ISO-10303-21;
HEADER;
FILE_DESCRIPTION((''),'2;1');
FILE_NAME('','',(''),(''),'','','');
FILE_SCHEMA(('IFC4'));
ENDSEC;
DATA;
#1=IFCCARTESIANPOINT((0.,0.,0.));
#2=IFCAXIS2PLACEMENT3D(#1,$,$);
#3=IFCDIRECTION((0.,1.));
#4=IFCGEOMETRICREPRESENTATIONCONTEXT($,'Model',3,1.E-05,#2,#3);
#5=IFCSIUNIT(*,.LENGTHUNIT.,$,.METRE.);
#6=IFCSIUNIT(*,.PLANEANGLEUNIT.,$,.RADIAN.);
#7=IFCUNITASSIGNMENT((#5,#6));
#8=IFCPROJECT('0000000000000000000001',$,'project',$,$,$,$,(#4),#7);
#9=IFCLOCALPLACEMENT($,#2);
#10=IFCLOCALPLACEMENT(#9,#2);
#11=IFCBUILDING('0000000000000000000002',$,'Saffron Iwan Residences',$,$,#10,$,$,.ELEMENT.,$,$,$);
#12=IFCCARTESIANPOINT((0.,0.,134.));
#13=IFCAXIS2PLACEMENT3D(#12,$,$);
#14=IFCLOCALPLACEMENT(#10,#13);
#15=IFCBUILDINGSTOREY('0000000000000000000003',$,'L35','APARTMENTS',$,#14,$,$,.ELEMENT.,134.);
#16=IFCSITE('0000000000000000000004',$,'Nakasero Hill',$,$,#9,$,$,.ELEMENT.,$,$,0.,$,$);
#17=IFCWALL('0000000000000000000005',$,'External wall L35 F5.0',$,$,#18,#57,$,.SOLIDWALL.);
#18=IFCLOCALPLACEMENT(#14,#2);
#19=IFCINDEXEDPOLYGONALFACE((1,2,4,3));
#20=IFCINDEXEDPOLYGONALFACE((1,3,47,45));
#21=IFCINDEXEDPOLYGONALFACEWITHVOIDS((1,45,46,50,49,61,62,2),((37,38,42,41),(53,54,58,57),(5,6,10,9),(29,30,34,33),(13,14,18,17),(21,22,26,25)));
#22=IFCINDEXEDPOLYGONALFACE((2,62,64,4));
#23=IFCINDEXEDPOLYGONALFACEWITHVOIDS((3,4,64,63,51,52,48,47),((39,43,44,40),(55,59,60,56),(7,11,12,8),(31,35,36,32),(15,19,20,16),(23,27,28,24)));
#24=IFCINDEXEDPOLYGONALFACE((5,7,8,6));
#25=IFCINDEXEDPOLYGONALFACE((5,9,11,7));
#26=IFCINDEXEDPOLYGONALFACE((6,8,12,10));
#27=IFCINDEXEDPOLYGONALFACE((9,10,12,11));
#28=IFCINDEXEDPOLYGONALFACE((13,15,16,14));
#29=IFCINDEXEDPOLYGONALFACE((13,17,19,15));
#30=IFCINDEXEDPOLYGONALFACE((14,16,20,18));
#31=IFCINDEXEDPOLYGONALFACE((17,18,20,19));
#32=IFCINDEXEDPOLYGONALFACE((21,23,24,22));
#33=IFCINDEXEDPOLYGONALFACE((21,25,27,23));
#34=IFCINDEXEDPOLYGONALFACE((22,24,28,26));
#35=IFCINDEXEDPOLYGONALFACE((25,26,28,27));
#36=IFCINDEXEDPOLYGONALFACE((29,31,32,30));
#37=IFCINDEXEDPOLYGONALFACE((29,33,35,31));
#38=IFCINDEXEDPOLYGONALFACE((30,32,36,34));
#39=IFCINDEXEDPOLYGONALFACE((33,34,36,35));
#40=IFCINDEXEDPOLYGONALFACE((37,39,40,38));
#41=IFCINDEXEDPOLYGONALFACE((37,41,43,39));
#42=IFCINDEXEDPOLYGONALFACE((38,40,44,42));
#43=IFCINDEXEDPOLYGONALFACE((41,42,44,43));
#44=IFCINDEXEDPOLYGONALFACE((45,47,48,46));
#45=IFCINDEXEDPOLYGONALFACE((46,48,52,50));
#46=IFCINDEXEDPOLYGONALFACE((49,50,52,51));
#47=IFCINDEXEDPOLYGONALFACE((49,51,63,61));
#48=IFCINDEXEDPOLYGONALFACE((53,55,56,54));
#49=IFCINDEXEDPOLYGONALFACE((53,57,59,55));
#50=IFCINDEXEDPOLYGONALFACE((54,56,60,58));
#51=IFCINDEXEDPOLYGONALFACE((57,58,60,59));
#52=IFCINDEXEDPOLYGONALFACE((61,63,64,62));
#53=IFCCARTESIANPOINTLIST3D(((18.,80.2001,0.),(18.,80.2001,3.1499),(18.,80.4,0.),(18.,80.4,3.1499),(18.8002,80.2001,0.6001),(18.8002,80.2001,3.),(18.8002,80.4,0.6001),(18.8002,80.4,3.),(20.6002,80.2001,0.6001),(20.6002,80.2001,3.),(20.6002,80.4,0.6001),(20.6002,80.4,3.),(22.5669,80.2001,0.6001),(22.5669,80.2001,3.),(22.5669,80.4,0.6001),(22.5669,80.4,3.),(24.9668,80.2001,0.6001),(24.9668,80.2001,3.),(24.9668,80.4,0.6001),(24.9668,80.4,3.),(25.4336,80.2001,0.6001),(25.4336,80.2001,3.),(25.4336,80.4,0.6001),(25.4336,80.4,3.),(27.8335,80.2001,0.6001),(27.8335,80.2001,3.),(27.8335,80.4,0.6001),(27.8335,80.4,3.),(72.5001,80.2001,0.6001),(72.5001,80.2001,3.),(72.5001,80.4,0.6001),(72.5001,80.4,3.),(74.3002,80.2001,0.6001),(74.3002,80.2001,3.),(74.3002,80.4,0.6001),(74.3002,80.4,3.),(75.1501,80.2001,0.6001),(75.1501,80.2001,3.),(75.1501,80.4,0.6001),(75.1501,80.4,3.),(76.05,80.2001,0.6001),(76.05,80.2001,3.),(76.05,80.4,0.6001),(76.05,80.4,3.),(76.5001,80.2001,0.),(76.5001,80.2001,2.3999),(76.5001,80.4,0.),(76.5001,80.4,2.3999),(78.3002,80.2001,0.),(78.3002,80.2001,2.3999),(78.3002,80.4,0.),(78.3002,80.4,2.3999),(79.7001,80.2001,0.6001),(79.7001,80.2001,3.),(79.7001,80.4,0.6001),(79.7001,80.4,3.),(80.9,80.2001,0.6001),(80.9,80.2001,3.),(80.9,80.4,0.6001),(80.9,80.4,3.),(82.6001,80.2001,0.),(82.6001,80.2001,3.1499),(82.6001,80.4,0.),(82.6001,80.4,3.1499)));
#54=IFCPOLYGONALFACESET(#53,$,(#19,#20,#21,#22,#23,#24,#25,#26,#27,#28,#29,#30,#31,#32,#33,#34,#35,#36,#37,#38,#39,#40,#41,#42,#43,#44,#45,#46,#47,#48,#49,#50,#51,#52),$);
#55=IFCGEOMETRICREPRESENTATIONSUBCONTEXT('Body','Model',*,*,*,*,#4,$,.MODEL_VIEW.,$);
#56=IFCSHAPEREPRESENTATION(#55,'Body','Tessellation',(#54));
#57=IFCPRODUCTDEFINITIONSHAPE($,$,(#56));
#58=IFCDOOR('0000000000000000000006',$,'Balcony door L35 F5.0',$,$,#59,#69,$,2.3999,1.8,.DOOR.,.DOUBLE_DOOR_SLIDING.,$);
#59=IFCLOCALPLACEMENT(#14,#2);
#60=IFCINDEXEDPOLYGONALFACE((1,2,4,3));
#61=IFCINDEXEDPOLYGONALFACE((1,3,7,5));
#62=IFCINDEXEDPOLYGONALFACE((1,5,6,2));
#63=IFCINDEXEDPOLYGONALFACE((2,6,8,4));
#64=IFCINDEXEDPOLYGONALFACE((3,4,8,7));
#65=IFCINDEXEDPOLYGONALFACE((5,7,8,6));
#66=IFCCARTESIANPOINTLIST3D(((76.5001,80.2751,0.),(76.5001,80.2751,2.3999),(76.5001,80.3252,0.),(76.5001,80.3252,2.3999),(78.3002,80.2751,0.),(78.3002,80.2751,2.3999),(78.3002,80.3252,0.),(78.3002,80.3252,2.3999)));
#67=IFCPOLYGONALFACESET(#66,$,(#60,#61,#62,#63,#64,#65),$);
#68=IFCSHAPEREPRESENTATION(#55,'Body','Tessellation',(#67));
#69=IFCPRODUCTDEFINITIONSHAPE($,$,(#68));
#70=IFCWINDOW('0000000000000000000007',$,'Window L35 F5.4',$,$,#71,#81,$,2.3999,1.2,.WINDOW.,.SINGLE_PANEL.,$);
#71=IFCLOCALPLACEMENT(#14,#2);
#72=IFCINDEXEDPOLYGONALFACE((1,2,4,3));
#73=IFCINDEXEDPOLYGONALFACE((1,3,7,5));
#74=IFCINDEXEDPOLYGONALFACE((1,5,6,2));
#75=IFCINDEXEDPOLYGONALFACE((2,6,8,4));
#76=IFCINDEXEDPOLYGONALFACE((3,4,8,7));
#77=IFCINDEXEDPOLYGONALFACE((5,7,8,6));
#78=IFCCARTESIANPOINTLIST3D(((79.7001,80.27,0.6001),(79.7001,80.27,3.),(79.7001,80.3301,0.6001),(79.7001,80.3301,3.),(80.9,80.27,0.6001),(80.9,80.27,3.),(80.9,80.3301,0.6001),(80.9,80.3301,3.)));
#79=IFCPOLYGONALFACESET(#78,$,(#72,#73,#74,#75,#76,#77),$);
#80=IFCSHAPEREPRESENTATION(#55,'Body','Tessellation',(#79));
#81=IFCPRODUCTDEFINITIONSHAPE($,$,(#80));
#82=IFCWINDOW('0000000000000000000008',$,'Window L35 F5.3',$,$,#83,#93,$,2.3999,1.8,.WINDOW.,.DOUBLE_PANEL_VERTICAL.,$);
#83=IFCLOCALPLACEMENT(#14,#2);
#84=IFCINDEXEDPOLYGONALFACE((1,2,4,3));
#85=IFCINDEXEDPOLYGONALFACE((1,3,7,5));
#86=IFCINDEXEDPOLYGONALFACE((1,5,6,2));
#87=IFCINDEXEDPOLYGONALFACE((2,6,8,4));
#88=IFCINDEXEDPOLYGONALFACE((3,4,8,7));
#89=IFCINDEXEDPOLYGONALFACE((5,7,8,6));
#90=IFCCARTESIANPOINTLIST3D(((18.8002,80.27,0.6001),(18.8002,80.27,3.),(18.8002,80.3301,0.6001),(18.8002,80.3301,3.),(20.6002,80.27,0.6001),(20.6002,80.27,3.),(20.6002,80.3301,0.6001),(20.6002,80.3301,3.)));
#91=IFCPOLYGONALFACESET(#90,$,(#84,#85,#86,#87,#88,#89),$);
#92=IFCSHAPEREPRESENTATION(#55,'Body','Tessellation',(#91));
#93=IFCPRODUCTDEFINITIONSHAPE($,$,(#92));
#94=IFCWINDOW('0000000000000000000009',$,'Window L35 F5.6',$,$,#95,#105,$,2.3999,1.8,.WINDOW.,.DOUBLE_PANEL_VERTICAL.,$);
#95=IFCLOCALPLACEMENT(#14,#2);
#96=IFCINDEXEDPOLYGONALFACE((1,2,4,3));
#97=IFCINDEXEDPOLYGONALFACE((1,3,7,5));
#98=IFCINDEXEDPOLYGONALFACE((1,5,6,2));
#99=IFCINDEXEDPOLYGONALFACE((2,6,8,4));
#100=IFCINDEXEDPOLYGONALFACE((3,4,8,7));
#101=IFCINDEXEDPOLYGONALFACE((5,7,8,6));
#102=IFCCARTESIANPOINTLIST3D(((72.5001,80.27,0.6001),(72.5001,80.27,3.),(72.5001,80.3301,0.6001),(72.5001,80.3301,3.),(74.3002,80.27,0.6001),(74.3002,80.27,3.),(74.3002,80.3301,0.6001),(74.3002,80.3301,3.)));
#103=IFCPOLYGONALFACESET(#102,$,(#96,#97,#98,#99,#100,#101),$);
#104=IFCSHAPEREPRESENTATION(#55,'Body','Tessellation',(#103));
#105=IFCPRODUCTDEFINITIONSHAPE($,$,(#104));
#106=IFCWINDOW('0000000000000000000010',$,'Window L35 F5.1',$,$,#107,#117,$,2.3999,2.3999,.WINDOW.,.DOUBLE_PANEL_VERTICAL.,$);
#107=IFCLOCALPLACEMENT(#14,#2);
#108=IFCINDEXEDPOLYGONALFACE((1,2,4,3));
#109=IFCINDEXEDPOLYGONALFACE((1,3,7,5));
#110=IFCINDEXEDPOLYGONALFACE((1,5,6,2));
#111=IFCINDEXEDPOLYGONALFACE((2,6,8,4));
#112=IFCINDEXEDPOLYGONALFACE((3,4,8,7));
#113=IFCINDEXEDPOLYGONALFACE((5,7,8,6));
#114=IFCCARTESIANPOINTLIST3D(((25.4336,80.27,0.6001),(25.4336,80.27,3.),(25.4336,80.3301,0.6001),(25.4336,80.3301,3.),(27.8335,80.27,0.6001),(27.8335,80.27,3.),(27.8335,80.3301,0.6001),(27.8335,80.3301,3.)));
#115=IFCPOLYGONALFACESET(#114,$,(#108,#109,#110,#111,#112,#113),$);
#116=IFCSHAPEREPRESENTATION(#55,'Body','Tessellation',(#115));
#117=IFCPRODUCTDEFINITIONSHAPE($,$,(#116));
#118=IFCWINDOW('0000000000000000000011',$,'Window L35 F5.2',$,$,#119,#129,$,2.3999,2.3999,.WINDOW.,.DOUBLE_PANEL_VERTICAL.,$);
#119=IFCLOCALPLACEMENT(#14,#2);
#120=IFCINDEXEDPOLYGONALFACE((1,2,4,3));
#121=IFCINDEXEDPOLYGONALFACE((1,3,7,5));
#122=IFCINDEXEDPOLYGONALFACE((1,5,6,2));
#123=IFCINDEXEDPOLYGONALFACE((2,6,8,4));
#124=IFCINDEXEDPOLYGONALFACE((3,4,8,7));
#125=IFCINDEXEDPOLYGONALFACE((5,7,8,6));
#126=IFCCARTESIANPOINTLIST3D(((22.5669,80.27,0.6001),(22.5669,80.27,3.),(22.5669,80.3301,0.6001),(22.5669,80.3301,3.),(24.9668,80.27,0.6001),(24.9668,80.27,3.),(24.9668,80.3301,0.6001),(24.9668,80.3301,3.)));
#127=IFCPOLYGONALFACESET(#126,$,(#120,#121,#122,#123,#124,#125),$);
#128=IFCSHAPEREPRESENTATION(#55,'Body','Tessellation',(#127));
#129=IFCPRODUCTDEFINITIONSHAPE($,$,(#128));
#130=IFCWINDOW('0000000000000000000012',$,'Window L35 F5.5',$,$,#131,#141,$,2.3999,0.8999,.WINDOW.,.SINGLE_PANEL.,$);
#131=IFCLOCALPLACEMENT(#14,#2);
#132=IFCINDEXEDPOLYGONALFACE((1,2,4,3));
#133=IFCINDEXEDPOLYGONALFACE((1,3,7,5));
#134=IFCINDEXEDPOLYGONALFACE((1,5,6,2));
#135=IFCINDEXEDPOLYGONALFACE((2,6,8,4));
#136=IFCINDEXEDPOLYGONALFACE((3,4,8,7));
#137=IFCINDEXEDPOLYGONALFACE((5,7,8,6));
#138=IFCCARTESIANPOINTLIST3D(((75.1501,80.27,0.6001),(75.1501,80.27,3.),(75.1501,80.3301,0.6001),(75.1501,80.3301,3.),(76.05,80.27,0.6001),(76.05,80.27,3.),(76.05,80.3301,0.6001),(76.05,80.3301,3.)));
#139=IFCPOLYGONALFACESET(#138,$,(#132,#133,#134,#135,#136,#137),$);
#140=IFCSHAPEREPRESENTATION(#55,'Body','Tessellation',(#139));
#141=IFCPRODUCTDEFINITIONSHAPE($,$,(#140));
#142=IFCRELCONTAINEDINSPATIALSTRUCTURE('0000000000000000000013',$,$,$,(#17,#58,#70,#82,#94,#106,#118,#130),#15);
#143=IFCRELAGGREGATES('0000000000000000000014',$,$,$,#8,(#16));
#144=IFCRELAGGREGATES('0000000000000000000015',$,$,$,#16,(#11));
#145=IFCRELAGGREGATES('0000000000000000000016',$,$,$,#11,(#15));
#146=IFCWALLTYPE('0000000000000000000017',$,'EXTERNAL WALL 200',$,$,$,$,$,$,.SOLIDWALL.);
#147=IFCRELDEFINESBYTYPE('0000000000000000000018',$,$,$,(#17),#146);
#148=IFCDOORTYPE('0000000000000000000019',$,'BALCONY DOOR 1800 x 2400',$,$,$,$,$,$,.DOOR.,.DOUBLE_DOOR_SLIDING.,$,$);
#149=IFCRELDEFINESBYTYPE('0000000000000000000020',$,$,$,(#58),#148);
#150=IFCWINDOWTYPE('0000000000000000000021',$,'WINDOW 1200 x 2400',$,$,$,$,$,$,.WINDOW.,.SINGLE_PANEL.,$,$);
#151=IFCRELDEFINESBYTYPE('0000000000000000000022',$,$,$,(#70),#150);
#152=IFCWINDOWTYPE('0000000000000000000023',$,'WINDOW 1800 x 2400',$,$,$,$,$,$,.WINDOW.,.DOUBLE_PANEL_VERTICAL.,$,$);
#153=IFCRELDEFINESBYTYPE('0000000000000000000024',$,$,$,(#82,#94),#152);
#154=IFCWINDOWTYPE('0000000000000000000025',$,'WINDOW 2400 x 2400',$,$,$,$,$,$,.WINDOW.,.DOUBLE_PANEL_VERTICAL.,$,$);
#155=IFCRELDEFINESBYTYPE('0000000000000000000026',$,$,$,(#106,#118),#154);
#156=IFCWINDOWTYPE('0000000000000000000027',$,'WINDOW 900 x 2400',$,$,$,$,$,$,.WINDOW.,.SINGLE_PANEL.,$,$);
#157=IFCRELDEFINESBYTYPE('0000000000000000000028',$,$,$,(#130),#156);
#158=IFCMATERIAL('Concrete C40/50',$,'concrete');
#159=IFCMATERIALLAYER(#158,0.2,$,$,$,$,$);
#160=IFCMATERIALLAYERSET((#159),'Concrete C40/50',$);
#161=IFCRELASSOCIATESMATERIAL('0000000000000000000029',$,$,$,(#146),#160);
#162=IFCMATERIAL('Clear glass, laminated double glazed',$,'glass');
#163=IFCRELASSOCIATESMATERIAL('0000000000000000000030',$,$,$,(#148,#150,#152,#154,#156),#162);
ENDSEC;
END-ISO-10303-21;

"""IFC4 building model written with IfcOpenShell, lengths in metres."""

from ifc_helpers import new_model, si_unit, direction, frame, frame_2d, origin, place, context, subcontext, project, spatial, rectangle, extrude, material, layer, layer_set, type_object, element, fill, save


model = new_model("IFC4")

# Units and contexts
model_context = context("Model", 3, precision=1e-05, world=origin(), true_north=direction((0.0, 1.0)))
body_context = subcontext(model_context, "Body", "Model", "MODEL_VIEW")
ifc_project = project(units=[si_unit("LENGTHUNIT", "METRE"), si_unit("PLANEANGLEUNIT", "RADIAN")], contexts=[model_context])

# Site, building, storey
site_placement = place(None, origin())
site = spatial("IfcSite", under=ifc_project, at=site_placement, Name="Nakasero Hill", CompositionType="ELEMENT", RefElevation=0.0)
building_placement = place(site_placement, origin())
building = spatial("IfcBuilding", under=site, at=building_placement, Name="Saffron Iwan Residences", CompositionType="ELEMENT")
storey_placement = place(building_placement, frame((0.0, 0.0, 134.0)))
storey = spatial("IfcBuildingStorey", under=building, at=storey_placement, Name="L35", Description="APARTMENTS", CompositionType="ELEMENT", Elevation=134.0)

# Wall, openings, door, windows
ifc_material_1 = material(Name="Concrete C40/50", Category="concrete")
ifc_layer_1 = layer(ifc_material_1, 0.2)
ifc_layer_set_1 = layer_set([ifc_layer_1], Name="Concrete C40/50")
wall_type_1 = type_object("IfcWallType", Name="EXTERNAL WALL 200", PredefinedType="SOLIDWALL", material=ifc_layer_set_1)
wall_1_placement = place(storey_placement, frame((82.6001, 80.3, 0.0), z_axis=(0.0, 0.0, 1.0), x_axis=(-1.0, 0.0, 0.0)))
wall_1 = element("IfcWall", 1, at=wall_1_placement, inside=storey, type_object=wall_type_1, Name="External wall L35 F5.0", PredefinedType="SOLIDWALL", context=body_context, shape_type="SweptSolid", body=[
    extrude(rectangle(XDim=64.6001, YDim=0.2, at=frame_2d((32.3, 0.0))), origin(), (0.0, 0.0, 1.0), 3.1499),
])
opening_1_placement = place(wall_1_placement, frame((4.3, 0.0, 0.0)))
opening_1 = element("IfcOpeningElement", 2, at=opening_1_placement, cuts=wall_1, PredefinedType="OPENING", context=body_context, shape_type="SweptSolid", body=[
    extrude(rectangle(XDim=1.8, YDim=2.3999, at=frame_2d((0.8999, 1.2))), frame((0.0, 0.1099, 0.0), z_axis=(0.0, -1.0, 0.0), x_axis=(1.0, 0.0, 0.0)), (0.0, 0.0, 1.0), 0.22),
])
opening_2_placement = place(wall_1_placement, frame((54.7666, 0.0, 0.6001)))
opening_2 = element("IfcOpeningElement", 3, at=opening_2_placement, cuts=wall_1, PredefinedType="OPENING", context=body_context, shape_type="SweptSolid", body=[
    extrude(rectangle(XDim=2.3999, YDim=2.3999, at=frame_2d((1.2, 1.2))), frame((0.0, 0.1099, 0.0), z_axis=(0.0, -1.0, 0.0), x_axis=(1.0, 0.0, 0.0)), (0.0, 0.0, 1.0), 0.22),
])
opening_3_placement = place(wall_1_placement, frame((57.6333, 0.0, 0.6001)))
opening_3 = element("IfcOpeningElement", 4, at=opening_3_placement, cuts=wall_1, PredefinedType="OPENING", context=body_context, shape_type="SweptSolid", body=[
    extrude(rectangle(XDim=2.3999, YDim=2.3999, at=frame_2d((1.2, 1.2))), frame((0.0, 0.1099, 0.0), z_axis=(0.0, -1.0, 0.0), x_axis=(1.0, 0.0, 0.0)), (0.0, 0.0, 1.0), 0.22),
])
opening_4_placement = place(wall_1_placement, frame((62.0, 0.0, 0.6001)))
opening_4 = element("IfcOpeningElement", 5, at=opening_4_placement, cuts=wall_1, PredefinedType="OPENING", context=body_context, shape_type="SweptSolid", body=[
    extrude(rectangle(XDim=1.8, YDim=2.3999, at=frame_2d((0.8999, 1.2))), frame((0.0, 0.1099, 0.0), z_axis=(0.0, -1.0, 0.0), x_axis=(1.0, 0.0, 0.0)), (0.0, 0.0, 1.0), 0.22),
])
opening_5_placement = place(wall_1_placement, frame((1.7, 0.0, 0.6001)))
opening_5 = element("IfcOpeningElement", 6, at=opening_5_placement, cuts=wall_1, PredefinedType="OPENING", context=body_context, shape_type="SweptSolid", body=[
    extrude(rectangle(XDim=1.2, YDim=2.3999, at=frame_2d((0.6001, 1.2))), frame((0.0, 0.1099, 0.0), z_axis=(0.0, -1.0, 0.0), x_axis=(1.0, 0.0, 0.0)), (0.0, 0.0, 1.0), 0.22),
])
opening_6_placement = place(wall_1_placement, frame((6.55, 0.0, 0.6001)))
opening_6 = element("IfcOpeningElement", 7, at=opening_6_placement, cuts=wall_1, PredefinedType="OPENING", context=body_context, shape_type="SweptSolid", body=[
    extrude(rectangle(XDim=0.8999, YDim=2.3999, at=frame_2d((0.45, 1.2))), frame((0.0, 0.1099, 0.0), z_axis=(0.0, -1.0, 0.0), x_axis=(1.0, 0.0, 0.0)), (0.0, 0.0, 1.0), 0.22),
])
opening_7_placement = place(wall_1_placement, frame((8.3, 0.0, 0.6001)))
opening_7 = element("IfcOpeningElement", 8, at=opening_7_placement, cuts=wall_1, PredefinedType="OPENING", context=body_context, shape_type="SweptSolid", body=[
    extrude(rectangle(XDim=1.8, YDim=2.3999, at=frame_2d((0.8999, 1.2))), frame((0.0, 0.1099, 0.0), z_axis=(0.0, -1.0, 0.0), x_axis=(1.0, 0.0, 0.0)), (0.0, 0.0, 1.0), 0.22),
])
ifc_material_2 = material(Name="Clear glass, laminated double glazed", Category="glass")
door_type_1 = type_object("IfcDoorType", Name="BALCONY DOOR 1800 x 2400", OperationType="DOUBLE_DOOR_SLIDING", PredefinedType="DOOR", material=ifc_material_2)
door_1_placement = place(opening_1_placement, origin())
door_1 = element("IfcDoor", 9, at=door_1_placement, inside=storey, type_object=door_type_1, Name="Balcony door L35 F5.0", OperationType="DOUBLE_DOOR_SLIDING", OverallHeight=2.3999, OverallWidth=1.8, PredefinedType="DOOR", context=body_context, shape_type="SweptSolid", body=[
    extrude(rectangle(XDim=1.8, YDim=2.3999, at=frame_2d((0.8999, 1.2))), frame((0.0, 0.0249, 0.0), z_axis=(0.0, -1.0, 0.0), x_axis=(1.0, 0.0, 0.0)), (0.0, 0.0, 1.0), 0.05),
])
fill(opening_1, door_1)
window_type_1 = type_object("IfcWindowType", Name="WINDOW 1200 x 2400", PartitioningType="SINGLE_PANEL", PredefinedType="WINDOW", material=ifc_material_2)
window_1_placement = place(opening_5_placement, origin())
window_1 = element("IfcWindow", 10, at=window_1_placement, inside=storey, type_object=window_type_1, Name="Window L35 F5.4", OverallHeight=2.3999, OverallWidth=1.2, PartitioningType="SINGLE_PANEL", PredefinedType="WINDOW", context=body_context, shape_type="SweptSolid", body=[
    extrude(rectangle(XDim=1.2, YDim=2.3999, at=frame_2d((0.6001, 1.2))), frame((0.0, 0.03, 0.0), z_axis=(0.0, -1.0, 0.0), x_axis=(1.0, 0.0, 0.0)), (0.0, 0.0, 1.0), 0.0601),
])
fill(opening_5, window_1)
window_type_2 = type_object("IfcWindowType", Name="WINDOW 1800 x 2400", PartitioningType="DOUBLE_PANEL_VERTICAL", PredefinedType="WINDOW", material=ifc_material_2)
window_2_placement = place(opening_4_placement, origin())
window_2 = element("IfcWindow", 11, at=window_2_placement, inside=storey, type_object=window_type_2, Name="Window L35 F5.3", OverallHeight=2.3999, OverallWidth=1.8, PartitioningType="DOUBLE_PANEL_VERTICAL", PredefinedType="WINDOW", context=body_context, shape_type="SweptSolid", body=[
    extrude(rectangle(XDim=1.8, YDim=2.3999, at=frame_2d((0.8999, 1.2))), frame((0.0, 0.03, 0.0), z_axis=(0.0, -1.0, 0.0), x_axis=(1.0, 0.0, 0.0)), (0.0, 0.0, 1.0), 0.0601),
])
fill(opening_4, window_2)
window_3_placement = place(opening_7_placement, origin())
window_3 = element("IfcWindow", 12, at=window_3_placement, inside=storey, type_object=window_type_2, Name="Window L35 F5.6", OverallHeight=2.3999, OverallWidth=1.8, PartitioningType="DOUBLE_PANEL_VERTICAL", PredefinedType="WINDOW", context=body_context, shape_type="SweptSolid", body=[
    extrude(rectangle(XDim=1.8, YDim=2.3999, at=frame_2d((0.8999, 1.2))), frame((0.0, 0.03, 0.0), z_axis=(0.0, -1.0, 0.0), x_axis=(1.0, 0.0, 0.0)), (0.0, 0.0, 1.0), 0.0601),
])
fill(opening_7, window_3)
window_type_3 = type_object("IfcWindowType", Name="WINDOW 2400 x 2400", PartitioningType="DOUBLE_PANEL_VERTICAL", PredefinedType="WINDOW", material=ifc_material_2)
window_4_placement = place(opening_2_placement, origin())
window_4 = element("IfcWindow", 13, at=window_4_placement, inside=storey, type_object=window_type_3, Name="Window L35 F5.1", OverallHeight=2.3999, OverallWidth=2.3999, PartitioningType="DOUBLE_PANEL_VERTICAL", PredefinedType="WINDOW", context=body_context, shape_type="SweptSolid", body=[
    extrude(rectangle(XDim=2.3999, YDim=2.3999, at=frame_2d((1.2, 1.2))), frame((0.0, 0.03, 0.0), z_axis=(0.0, -1.0, 0.0), x_axis=(1.0, 0.0, 0.0)), (0.0, 0.0, 1.0), 0.0601),
])
fill(opening_2, window_4)
window_5_placement = place(opening_3_placement, origin())
window_5 = element("IfcWindow", 14, at=window_5_placement, inside=storey, type_object=window_type_3, Name="Window L35 F5.2", OverallHeight=2.3999, OverallWidth=2.3999, PartitioningType="DOUBLE_PANEL_VERTICAL", PredefinedType="WINDOW", context=body_context, shape_type="SweptSolid", body=[
    extrude(rectangle(XDim=2.3999, YDim=2.3999, at=frame_2d((1.2, 1.2))), frame((0.0, 0.03, 0.0), z_axis=(0.0, -1.0, 0.0), x_axis=(1.0, 0.0, 0.0)), (0.0, 0.0, 1.0), 0.0601),
])
fill(opening_3, window_5)
window_type_4 = type_object("IfcWindowType", Name="WINDOW 900 x 2400", PartitioningType="SINGLE_PANEL", PredefinedType="WINDOW", material=ifc_material_2)
window_6_placement = place(opening_6_placement, origin())
window_6 = element("IfcWindow", 15, at=window_6_placement, inside=storey, type_object=window_type_4, Name="Window L35 F5.5", OverallHeight=2.3999, OverallWidth=0.8999, PartitioningType="SINGLE_PANEL", PredefinedType="WINDOW", context=body_context, shape_type="SweptSolid", body=[
    extrude(rectangle(XDim=0.8999, YDim=2.3999, at=frame_2d((0.45, 1.2))), frame((0.0, 0.03, 0.0), z_axis=(0.0, -1.0, 0.0), x_axis=(1.0, 0.0, 0.0)), (0.0, 0.0, 1.0), 0.0601),
])
fill(opening_6, window_6)

save(model, "model.ifc")
